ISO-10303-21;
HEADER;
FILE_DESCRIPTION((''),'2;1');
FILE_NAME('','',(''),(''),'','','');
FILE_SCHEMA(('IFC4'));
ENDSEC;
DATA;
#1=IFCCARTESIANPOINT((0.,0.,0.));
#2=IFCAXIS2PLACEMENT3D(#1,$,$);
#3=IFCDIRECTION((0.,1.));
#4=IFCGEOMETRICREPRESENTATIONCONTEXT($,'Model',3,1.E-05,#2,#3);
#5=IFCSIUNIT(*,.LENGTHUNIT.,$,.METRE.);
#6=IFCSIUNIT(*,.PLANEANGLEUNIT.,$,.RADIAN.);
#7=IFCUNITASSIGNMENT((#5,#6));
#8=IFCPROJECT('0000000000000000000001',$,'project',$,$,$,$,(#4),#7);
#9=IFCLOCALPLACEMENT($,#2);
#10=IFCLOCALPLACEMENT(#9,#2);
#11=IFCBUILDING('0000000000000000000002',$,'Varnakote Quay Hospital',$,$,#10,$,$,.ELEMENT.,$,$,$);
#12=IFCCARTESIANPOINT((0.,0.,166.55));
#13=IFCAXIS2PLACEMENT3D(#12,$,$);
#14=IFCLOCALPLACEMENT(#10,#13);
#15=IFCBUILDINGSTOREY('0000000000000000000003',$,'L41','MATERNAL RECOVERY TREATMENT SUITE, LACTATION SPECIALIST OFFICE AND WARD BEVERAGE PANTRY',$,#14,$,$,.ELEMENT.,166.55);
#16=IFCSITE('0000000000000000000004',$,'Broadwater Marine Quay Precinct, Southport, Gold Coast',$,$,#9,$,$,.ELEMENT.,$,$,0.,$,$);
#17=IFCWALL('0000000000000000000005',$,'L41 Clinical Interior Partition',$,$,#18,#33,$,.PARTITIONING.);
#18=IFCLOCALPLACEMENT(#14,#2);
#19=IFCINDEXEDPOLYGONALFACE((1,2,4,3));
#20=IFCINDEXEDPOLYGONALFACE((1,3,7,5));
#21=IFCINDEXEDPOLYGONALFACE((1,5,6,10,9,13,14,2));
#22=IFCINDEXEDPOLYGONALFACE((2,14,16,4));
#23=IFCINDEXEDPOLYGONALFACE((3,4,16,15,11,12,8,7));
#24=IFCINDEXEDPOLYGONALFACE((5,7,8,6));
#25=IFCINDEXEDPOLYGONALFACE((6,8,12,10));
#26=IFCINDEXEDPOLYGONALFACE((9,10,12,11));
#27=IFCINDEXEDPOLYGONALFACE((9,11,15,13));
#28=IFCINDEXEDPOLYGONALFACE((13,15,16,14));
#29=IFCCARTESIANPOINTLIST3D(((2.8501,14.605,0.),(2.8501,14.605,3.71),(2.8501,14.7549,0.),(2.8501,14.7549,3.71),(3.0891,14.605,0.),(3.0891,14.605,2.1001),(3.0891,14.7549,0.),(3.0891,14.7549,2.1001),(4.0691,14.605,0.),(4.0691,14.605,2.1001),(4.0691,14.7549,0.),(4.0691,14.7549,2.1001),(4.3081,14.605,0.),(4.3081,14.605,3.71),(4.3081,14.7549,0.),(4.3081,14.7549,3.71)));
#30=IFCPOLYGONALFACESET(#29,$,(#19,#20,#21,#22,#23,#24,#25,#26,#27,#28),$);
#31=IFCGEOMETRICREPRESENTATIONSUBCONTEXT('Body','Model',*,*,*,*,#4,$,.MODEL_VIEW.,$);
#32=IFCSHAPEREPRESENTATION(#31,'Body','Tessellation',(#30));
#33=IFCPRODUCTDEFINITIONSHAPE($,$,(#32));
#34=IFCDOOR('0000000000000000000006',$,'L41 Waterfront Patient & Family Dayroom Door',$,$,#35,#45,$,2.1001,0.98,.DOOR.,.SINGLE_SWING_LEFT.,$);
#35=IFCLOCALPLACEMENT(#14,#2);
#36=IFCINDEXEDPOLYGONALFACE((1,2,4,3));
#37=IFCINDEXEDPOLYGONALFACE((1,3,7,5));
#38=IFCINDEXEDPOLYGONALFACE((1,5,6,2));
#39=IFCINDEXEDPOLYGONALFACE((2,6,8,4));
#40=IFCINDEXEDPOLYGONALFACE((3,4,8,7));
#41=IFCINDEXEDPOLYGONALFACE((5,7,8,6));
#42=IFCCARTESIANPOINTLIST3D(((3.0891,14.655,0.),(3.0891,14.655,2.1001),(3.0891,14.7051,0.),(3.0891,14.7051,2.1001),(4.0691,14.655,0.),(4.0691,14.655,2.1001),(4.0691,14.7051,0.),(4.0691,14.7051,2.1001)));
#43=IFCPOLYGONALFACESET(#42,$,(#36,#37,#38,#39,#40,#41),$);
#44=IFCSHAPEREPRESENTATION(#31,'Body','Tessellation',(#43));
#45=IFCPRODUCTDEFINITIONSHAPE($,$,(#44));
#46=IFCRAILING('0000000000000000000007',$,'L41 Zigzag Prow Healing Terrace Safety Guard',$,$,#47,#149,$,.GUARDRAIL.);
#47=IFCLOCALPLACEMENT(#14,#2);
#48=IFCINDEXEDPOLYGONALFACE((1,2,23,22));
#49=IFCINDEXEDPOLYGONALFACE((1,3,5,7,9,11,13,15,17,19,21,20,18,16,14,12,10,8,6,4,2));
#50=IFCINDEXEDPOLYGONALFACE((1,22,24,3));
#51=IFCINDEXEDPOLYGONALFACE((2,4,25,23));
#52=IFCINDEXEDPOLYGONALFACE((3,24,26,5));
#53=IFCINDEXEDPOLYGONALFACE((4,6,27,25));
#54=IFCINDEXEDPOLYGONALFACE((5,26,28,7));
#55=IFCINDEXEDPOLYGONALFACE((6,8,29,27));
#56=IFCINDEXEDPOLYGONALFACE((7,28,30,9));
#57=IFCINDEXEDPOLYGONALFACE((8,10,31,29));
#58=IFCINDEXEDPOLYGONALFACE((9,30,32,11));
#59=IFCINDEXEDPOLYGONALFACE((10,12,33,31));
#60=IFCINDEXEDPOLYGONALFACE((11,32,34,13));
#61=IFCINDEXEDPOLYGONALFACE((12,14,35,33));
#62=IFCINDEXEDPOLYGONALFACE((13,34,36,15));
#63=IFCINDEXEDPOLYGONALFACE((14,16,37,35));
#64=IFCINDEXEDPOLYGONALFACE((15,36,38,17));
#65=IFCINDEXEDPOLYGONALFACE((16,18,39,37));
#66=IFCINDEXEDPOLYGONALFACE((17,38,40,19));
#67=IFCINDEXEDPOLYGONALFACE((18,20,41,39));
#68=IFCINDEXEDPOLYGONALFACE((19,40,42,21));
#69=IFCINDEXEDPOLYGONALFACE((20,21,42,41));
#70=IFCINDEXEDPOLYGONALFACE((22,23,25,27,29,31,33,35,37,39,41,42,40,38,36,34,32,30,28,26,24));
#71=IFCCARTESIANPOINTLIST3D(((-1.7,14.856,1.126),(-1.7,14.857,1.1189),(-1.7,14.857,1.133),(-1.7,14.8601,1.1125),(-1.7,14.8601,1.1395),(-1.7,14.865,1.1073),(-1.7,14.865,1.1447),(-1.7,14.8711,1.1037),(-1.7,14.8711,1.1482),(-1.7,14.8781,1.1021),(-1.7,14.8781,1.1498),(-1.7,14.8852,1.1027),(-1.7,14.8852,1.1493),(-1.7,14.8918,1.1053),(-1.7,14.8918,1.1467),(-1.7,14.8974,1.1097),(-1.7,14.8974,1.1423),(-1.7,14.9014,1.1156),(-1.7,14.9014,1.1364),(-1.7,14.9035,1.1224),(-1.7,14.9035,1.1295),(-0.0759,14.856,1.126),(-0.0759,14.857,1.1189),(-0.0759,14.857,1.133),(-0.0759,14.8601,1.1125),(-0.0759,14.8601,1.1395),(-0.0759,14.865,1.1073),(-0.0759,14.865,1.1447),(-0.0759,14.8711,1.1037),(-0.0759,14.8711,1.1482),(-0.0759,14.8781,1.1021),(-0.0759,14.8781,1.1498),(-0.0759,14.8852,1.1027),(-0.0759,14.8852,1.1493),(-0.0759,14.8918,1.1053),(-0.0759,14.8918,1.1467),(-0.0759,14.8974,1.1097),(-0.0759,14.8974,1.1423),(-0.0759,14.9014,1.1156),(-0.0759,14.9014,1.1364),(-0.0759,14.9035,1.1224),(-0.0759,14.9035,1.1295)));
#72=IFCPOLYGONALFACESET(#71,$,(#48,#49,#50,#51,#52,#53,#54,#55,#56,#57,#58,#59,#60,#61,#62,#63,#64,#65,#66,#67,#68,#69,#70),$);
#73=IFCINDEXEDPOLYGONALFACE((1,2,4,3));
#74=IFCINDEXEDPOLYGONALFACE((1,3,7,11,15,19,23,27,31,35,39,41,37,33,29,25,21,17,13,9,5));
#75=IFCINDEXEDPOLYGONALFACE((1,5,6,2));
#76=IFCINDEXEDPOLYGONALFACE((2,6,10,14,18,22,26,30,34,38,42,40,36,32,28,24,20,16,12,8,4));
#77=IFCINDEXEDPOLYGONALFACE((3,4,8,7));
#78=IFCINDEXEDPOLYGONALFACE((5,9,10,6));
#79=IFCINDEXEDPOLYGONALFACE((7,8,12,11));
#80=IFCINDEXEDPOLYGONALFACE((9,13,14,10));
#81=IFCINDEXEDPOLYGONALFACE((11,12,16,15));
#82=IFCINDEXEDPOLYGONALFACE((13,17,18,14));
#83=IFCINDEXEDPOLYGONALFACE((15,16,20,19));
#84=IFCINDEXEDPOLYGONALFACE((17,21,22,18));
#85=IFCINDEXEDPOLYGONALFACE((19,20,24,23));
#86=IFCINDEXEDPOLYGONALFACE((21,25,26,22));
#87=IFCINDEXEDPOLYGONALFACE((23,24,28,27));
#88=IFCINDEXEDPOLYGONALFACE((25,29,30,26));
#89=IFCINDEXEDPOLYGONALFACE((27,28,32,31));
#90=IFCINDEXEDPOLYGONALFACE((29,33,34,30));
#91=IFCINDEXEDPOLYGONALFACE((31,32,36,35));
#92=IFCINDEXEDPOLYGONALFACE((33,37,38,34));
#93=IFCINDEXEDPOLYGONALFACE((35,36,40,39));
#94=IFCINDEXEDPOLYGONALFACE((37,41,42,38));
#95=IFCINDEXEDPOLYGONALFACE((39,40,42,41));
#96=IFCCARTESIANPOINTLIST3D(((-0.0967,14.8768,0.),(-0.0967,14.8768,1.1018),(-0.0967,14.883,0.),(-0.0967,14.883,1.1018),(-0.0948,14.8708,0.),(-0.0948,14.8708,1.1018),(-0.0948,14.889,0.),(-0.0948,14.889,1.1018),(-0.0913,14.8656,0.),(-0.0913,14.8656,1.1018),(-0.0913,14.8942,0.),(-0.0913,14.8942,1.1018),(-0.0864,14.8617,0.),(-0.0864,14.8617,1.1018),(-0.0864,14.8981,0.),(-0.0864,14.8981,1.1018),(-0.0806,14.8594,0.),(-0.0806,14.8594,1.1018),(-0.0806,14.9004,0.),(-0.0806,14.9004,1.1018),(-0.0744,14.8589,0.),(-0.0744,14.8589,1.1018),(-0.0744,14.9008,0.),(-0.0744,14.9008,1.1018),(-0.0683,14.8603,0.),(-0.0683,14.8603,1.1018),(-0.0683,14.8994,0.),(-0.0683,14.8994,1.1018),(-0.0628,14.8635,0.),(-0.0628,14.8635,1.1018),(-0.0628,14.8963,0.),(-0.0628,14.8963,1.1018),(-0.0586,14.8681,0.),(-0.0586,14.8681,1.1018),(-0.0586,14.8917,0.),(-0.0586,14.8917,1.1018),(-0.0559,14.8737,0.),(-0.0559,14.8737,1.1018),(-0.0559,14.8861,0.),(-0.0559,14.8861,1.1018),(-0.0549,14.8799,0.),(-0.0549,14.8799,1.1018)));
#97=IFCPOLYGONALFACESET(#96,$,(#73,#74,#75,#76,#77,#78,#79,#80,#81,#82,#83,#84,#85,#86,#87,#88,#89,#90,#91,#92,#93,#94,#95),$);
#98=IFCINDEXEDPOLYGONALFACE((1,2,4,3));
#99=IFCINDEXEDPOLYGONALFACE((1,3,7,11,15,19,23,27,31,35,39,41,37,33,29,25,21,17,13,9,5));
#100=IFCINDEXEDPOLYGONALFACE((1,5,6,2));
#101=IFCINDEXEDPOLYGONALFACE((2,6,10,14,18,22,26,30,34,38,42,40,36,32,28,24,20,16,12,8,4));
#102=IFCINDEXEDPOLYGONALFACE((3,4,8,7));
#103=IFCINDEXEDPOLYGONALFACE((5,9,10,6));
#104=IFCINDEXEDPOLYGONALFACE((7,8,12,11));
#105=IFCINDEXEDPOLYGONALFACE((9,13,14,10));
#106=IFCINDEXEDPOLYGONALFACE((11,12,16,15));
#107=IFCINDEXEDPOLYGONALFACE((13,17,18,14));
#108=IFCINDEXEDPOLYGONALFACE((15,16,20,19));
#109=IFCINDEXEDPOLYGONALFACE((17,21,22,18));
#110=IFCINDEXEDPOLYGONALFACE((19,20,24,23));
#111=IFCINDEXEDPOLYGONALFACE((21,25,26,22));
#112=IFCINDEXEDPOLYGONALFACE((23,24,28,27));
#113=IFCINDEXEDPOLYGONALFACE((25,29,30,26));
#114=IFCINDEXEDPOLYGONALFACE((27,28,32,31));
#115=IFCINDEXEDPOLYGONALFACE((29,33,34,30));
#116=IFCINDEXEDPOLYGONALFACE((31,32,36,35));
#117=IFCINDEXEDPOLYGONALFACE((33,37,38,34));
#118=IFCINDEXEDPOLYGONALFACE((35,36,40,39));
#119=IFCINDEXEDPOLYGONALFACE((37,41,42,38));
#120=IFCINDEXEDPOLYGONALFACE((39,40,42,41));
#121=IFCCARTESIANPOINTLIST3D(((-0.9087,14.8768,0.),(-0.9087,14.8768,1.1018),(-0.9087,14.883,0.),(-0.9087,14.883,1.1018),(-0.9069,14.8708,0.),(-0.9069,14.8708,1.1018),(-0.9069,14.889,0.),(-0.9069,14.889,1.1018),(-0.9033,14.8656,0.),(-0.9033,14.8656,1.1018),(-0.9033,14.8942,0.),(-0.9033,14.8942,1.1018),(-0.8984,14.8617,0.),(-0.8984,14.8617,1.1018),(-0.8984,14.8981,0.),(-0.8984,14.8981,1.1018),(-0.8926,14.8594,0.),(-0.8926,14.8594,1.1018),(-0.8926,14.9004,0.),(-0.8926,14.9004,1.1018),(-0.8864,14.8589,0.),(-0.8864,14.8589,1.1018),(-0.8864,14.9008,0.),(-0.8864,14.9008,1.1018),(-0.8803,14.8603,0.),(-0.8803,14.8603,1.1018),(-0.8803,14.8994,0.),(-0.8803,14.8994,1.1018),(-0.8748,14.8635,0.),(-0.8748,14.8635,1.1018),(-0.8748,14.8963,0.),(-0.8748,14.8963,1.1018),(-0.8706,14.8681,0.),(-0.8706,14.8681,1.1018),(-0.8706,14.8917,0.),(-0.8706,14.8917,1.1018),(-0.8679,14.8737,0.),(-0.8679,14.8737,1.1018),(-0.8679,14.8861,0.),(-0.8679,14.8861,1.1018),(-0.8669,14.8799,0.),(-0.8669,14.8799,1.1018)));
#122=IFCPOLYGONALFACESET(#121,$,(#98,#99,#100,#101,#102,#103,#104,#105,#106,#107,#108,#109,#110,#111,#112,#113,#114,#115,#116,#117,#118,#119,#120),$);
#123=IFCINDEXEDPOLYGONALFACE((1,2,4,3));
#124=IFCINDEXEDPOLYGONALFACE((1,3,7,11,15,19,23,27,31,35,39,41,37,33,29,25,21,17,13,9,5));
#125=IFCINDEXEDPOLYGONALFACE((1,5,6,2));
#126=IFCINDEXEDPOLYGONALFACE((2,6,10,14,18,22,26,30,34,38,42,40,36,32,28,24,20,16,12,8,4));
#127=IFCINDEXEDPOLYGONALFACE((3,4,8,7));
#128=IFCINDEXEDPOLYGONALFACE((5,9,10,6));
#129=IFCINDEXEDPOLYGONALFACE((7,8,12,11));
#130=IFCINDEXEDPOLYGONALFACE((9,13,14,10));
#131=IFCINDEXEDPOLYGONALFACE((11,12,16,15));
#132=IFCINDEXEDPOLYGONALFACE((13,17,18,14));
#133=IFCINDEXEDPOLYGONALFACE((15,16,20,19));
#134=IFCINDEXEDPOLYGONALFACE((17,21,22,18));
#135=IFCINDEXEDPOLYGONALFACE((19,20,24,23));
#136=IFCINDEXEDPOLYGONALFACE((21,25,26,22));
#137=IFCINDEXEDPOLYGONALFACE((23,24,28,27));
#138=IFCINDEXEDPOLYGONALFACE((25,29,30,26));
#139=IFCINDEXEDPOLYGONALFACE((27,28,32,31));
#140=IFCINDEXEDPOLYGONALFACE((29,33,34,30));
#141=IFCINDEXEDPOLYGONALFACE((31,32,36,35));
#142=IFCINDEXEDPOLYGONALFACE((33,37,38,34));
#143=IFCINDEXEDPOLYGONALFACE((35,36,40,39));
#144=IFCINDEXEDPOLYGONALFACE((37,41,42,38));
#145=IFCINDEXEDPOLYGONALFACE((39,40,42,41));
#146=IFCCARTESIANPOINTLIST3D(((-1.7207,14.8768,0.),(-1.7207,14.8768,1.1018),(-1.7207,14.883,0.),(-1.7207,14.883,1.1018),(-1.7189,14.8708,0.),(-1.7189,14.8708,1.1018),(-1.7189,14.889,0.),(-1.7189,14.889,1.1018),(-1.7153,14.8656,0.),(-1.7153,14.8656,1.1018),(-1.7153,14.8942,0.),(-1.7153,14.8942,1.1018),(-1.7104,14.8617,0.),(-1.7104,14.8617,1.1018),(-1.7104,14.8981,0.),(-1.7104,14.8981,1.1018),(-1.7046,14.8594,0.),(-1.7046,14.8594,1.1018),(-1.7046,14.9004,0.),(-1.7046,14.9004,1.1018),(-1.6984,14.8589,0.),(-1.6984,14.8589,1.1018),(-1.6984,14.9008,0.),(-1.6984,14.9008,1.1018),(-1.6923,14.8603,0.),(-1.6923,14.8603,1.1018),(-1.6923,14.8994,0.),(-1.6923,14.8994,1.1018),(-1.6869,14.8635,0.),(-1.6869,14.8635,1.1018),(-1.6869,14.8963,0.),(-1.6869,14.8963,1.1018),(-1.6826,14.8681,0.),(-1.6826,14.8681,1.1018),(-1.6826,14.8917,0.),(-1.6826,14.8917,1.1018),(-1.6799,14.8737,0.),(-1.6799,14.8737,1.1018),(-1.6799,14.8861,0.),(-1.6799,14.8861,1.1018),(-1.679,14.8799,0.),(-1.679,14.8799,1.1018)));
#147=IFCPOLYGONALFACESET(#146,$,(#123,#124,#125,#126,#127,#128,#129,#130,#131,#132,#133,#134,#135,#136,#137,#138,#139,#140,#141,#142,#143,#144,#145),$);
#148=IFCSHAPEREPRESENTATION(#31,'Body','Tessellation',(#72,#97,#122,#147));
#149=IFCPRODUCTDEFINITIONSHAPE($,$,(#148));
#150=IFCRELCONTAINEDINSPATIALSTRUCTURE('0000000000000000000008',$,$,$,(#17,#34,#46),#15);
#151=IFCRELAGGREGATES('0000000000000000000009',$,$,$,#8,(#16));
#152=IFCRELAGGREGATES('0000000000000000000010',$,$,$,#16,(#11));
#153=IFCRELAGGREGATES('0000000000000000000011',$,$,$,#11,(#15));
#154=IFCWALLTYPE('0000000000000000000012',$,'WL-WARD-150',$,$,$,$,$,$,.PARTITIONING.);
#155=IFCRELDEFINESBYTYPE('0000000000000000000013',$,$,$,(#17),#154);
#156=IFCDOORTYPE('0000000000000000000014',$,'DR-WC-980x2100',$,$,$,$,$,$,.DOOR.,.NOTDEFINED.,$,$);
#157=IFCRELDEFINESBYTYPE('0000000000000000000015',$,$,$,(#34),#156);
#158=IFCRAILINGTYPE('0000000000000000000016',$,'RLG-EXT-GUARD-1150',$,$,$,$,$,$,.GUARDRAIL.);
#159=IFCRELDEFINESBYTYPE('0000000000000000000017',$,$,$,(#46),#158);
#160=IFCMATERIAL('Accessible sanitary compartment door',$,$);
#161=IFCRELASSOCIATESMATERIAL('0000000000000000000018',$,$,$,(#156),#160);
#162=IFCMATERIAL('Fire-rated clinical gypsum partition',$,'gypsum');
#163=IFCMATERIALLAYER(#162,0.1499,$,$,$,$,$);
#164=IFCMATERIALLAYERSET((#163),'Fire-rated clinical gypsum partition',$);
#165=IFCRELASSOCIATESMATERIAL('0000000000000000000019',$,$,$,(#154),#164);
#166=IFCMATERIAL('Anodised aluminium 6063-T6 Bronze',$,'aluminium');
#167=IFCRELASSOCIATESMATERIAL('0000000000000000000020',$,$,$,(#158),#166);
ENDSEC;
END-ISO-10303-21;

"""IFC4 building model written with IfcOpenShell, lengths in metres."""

from ifc_helpers import new_model, si_unit, direction, frame, frame_2d, origin, origin_2d, place, context, subcontext, project, spatial, rectangle, circle, extrude, material, layer, layer_set, type_object, element, fill, save


model = new_model("IFC4")

# Units and contexts
model_context = context("Model", 3, precision=1e-05, world=origin(), true_north=direction((0.0, 1.0)))
body_context = subcontext(model_context, "Body", "Model", "MODEL_VIEW")
ifc_project = project(units=[si_unit("LENGTHUNIT", "METRE"), si_unit("PLANEANGLEUNIT", "RADIAN")], contexts=[model_context])

# Site, building, storey
site_placement = place(None, origin())
site = spatial("IfcSite", under=ifc_project, at=site_placement, Name="Broadwater Marine Quay Precinct, Southport, Gold Coast", CompositionType="ELEMENT", RefElevation=0.0)
building_placement = place(site_placement, origin())
building = spatial("IfcBuilding", under=site, at=building_placement, Name="Varnakote Quay Hospital", CompositionType="ELEMENT")
storey_placement = place(building_placement, frame((0.0, 0.0, 166.55)))
storey = spatial("IfcBuildingStorey", under=building, at=storey_placement, Name="L41", Description="MATERNAL RECOVERY TREATMENT SUITE, LACTATION SPECIALIST OFFICE AND WARD BEVERAGE PANTRY", CompositionType="ELEMENT", Elevation=166.55)

# Shared definitions
ifc_material_1 = material(Name="Accessible sanitary compartment door")
door_type_1 = type_object("IfcDoorType", Name="DR-WC-980x2100", OperationType="NOTDEFINED", PredefinedType="DOOR", material=ifc_material_1)

# Wall, opening, door
ifc_material_2 = material(Name="Fire-rated clinical gypsum partition", Category="gypsum")
ifc_layer_1 = layer(ifc_material_2, 0.1499)
ifc_layer_set_1 = layer_set([ifc_layer_1], Name="Fire-rated clinical gypsum partition")
wall_type_1 = type_object("IfcWallType", Name="WL-WARD-150", PredefinedType="PARTITIONING", material=ifc_layer_set_1)
wall_1_placement = place(storey_placement, frame((4.3081, 14.6799, 0.0), z_axis=(0.0, 0.0, 1.0), x_axis=(-1.0, 0.0, 0.0)))
wall_1 = element("IfcWall", 1, at=wall_1_placement, inside=storey, type_object=wall_type_1, Name="L41 Clinical Interior Partition", PredefinedType="PARTITIONING", context=body_context, shape_type="SweptSolid", body=[
    extrude(rectangle(XDim=1.458, YDim=0.1499, at=frame_2d((0.729, 0.0))), origin(), (0.0, 0.0, 1.0), 3.71),
])
opening_1_placement = place(wall_1_placement, frame((0.239, 0.0, 0.0)))
opening_1 = element("IfcOpeningElement", 2, at=opening_1_placement, cuts=wall_1, PredefinedType="OPENING", context=body_context, shape_type="SweptSolid", body=[
    extrude(rectangle(XDim=0.98, YDim=2.1001, at=frame_2d((0.49, 1.05))), frame((0.0, 0.085, 0.0), z_axis=(0.0, -1.0, 0.0), x_axis=(1.0, 0.0, 0.0)), (0.0, 0.0, 1.0), 0.1699),
])
door_1_placement = place(opening_1_placement, origin())
door_1 = element("IfcDoor", 3, at=door_1_placement, inside=storey, type_object=door_type_1, Name="L41 Waterfront Patient & Family Dayroom Door", OperationType="SINGLE_SWING_LEFT", OverallHeight=2.1001, OverallWidth=0.98, PredefinedType="DOOR", context=body_context, shape_type="SweptSolid", body=[
    extrude(rectangle(XDim=0.98, YDim=2.1001, at=frame_2d((0.49, 1.05))), frame((0.0, 0.0249, 0.0), z_axis=(0.0, -1.0, 0.0), x_axis=(1.0, 0.0, 0.0)), (0.0, 0.0, 1.0), 0.05),
])
fill(opening_1, door_1)

# Railing
ifc_material_3 = material(Name="Anodised aluminium 6063-T6 Bronze", Category="aluminium")
railing_type = type_object("IfcRailingType", Name="RLG-EXT-GUARD-1150", PredefinedType="GUARDRAIL", material=ifc_material_3)
railing_1_placement = place(storey_placement, frame((-0.0759, 14.8799, 0.0)))
element("IfcRailing", 4, at=railing_1_placement, inside=storey, type_object=railing_type, Name="L41 Zigzag Prow Healing Terrace Safety Guard", PredefinedType="GUARDRAIL", context=body_context, shape_type="SweptSolid", body=[
    extrude(circle(Radius=0.0239, at=origin_2d()), frame((0.0, 0.0, 1.126), z_axis=(-1.0, 0.0, 0.0), x_axis=(0.0, -1.0, 0.0)), (0.0, 0.0, 1.0), 1.624),
    extrude(circle(Radius=0.021, at=origin_2d()), origin(), (0.0, 0.0, 1.0), 1.1018),
    extrude(circle(Radius=0.021, at=origin_2d()), frame((-0.812, 0.0, 0.0)), (0.0, 0.0, 1.0), 1.1018),
    extrude(circle(Radius=0.021, at=origin_2d()), frame((-1.624, 0.0, 0.0)), (0.0, 0.0, 1.0), 1.1018),
])

save(model, "model.ifc")
